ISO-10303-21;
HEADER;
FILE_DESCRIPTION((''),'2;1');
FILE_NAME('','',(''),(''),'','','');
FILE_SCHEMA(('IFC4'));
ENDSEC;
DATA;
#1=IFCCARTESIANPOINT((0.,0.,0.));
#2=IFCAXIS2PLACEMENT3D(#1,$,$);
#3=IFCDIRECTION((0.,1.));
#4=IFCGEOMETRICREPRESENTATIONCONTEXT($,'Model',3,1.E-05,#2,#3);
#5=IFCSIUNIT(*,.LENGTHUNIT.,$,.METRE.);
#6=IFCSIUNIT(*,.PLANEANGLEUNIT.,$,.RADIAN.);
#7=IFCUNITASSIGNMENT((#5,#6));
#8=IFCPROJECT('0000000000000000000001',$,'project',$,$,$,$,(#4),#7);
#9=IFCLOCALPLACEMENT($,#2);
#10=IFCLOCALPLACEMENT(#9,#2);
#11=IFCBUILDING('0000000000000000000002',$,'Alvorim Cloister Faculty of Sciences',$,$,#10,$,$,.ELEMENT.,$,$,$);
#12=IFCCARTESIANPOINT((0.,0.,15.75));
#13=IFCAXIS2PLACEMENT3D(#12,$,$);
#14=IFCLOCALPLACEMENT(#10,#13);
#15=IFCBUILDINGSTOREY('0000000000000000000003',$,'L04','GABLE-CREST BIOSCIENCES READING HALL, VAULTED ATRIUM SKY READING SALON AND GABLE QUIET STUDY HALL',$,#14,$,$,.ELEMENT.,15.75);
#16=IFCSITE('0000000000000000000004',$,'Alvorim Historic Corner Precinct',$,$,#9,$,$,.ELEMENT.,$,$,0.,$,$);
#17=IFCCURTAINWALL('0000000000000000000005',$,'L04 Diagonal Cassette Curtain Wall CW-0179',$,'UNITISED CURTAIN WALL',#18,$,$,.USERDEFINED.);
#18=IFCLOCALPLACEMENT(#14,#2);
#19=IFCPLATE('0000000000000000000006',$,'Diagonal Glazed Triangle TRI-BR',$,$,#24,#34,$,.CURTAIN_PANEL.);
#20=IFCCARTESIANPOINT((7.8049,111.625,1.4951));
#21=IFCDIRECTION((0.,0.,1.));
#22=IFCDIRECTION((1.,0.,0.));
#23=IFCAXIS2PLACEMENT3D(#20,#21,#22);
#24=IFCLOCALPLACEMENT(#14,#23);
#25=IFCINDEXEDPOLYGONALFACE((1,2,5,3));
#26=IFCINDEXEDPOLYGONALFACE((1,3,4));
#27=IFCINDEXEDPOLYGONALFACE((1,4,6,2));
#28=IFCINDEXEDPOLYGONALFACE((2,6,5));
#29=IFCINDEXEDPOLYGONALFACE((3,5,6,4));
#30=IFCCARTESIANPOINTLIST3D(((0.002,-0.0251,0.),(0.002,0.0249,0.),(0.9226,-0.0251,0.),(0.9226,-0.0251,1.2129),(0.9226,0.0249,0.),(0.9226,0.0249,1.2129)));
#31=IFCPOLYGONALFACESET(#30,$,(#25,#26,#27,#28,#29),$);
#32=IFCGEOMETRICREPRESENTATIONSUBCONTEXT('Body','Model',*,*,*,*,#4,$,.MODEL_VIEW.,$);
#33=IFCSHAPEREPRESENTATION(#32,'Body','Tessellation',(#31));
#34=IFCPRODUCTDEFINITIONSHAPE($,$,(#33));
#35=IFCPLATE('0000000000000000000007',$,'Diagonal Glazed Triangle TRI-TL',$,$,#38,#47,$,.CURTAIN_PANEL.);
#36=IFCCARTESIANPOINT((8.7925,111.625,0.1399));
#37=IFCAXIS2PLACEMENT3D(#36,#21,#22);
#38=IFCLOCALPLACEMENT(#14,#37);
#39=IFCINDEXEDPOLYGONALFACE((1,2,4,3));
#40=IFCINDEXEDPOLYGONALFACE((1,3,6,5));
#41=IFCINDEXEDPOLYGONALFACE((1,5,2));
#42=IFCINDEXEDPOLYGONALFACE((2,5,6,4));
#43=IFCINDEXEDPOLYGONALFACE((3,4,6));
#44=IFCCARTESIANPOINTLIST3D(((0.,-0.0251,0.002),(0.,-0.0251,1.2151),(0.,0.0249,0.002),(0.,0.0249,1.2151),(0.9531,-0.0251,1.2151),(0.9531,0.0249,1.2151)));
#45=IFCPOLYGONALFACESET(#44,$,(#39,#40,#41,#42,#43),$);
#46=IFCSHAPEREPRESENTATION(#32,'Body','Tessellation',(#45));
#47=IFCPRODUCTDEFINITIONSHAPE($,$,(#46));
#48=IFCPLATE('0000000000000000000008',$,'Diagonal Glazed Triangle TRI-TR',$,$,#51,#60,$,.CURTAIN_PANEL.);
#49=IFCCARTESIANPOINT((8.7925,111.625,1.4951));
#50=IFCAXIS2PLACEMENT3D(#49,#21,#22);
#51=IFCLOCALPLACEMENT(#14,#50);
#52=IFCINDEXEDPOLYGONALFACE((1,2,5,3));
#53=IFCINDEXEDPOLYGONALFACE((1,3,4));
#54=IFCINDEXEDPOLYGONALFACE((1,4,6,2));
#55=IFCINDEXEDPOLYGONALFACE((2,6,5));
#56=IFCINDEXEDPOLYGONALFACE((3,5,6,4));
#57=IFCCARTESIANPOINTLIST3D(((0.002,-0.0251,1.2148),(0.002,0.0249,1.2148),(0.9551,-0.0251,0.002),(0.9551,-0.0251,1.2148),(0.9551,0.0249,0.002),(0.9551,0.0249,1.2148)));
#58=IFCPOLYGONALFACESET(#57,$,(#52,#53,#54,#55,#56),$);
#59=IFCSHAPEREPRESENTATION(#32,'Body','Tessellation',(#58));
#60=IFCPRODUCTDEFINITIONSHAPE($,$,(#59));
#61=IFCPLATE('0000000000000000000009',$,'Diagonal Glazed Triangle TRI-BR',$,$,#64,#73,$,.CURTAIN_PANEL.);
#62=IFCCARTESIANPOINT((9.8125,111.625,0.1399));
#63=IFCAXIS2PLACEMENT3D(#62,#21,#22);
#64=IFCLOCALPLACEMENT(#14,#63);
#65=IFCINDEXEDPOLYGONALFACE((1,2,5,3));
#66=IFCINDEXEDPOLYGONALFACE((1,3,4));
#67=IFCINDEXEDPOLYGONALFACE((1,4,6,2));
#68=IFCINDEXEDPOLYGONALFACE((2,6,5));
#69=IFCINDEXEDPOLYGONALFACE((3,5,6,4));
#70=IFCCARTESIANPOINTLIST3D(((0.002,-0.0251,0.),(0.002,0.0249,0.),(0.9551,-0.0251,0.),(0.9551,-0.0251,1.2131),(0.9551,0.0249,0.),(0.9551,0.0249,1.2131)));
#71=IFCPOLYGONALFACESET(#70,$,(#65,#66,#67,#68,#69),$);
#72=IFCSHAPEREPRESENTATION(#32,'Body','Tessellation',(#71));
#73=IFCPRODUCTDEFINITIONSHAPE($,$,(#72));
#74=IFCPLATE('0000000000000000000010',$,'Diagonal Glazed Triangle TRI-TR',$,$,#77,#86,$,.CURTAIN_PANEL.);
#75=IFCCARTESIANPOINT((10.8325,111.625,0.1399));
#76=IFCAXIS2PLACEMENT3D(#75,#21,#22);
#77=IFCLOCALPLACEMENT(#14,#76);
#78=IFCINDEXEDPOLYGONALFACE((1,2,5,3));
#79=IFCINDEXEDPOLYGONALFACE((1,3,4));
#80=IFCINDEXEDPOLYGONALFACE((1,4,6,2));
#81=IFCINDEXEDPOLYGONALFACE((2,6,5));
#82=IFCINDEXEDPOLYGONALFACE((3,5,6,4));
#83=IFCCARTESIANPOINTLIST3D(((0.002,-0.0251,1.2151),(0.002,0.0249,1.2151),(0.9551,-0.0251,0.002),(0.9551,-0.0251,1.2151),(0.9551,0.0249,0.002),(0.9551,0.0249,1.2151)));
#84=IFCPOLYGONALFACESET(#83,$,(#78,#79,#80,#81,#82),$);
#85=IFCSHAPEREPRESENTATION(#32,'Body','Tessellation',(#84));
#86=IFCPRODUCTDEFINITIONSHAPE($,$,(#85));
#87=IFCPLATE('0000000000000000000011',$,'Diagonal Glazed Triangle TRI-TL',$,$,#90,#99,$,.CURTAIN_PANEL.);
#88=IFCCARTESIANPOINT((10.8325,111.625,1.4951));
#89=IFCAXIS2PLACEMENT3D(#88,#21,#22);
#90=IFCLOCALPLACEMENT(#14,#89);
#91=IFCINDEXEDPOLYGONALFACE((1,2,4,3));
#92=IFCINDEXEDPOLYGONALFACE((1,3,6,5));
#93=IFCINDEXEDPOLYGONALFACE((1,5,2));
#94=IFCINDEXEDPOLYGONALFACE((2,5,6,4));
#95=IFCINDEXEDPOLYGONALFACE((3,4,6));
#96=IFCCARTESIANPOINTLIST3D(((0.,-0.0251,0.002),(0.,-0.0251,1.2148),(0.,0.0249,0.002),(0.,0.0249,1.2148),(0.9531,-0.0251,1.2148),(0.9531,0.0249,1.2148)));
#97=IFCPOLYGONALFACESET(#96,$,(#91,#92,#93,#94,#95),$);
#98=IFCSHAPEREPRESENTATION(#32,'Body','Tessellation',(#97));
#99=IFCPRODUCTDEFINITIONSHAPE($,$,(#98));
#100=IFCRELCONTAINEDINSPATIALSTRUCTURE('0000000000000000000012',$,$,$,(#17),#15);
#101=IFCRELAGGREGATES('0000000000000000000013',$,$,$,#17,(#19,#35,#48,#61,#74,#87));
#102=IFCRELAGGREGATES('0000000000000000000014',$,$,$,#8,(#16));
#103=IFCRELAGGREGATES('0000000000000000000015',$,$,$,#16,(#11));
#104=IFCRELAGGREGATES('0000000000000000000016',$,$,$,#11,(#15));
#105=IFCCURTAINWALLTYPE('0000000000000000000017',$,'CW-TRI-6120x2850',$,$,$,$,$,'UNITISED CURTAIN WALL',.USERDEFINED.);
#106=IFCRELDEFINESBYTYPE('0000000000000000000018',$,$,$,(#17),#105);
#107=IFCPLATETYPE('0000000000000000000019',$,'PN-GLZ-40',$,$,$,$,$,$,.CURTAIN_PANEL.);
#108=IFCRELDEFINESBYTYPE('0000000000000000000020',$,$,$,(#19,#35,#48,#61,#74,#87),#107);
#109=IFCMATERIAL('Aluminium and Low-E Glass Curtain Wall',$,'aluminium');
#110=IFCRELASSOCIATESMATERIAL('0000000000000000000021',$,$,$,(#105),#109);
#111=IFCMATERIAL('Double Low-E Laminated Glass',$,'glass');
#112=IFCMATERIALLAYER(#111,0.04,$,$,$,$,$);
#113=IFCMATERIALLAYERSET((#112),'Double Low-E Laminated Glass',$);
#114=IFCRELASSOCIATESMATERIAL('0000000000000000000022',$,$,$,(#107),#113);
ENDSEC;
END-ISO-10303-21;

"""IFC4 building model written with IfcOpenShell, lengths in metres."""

from ifc_helpers import new_model, si_unit, direction, frame, origin, place, context, subcontext, project, spatial, polyline, outline, extrude, material, layer, layer_set, type_object, element, aggregate, save


model = new_model("IFC4")

# Units and contexts
model_context = context("Model", 3, precision=1e-05, world=origin(), true_north=direction((0.0, 1.0)))
body_context = subcontext(model_context, "Body", "Model", "MODEL_VIEW")
ifc_project = project(units=[si_unit("LENGTHUNIT", "METRE"), si_unit("PLANEANGLEUNIT", "RADIAN")], contexts=[model_context])

# Site, building, storey
site_placement = place(None, origin())
site = spatial("IfcSite", under=ifc_project, at=site_placement, Name="Alvorim Historic Corner Precinct", CompositionType="ELEMENT", RefElevation=0.0)
building_placement = place(site_placement, origin())
building = spatial("IfcBuilding", under=site, at=building_placement, Name="Alvorim Cloister Faculty of Sciences", CompositionType="ELEMENT")
storey_placement = place(building_placement, frame((0.0, 0.0, 15.75)))
storey = spatial("IfcBuildingStorey", under=building, at=storey_placement, Name="L04", Description="GABLE-CREST BIOSCIENCES READING HALL, VAULTED ATRIUM SKY READING SALON AND GABLE QUIET STUDY HALL", CompositionType="ELEMENT", Elevation=15.75)

# Curtain wall, plates
ifc_material_1 = material(Name="Aluminium and Low-E Glass Curtain Wall", Category="aluminium")
curtain_wall_type = type_object("IfcCurtainWallType", Name="CW-TRI-6120x2850", ElementType="UNITISED CURTAIN WALL", PredefinedType="USERDEFINED", material=ifc_material_1)
curtain_wall_placement = place(storey_placement, origin())
curtain_wall = element("IfcCurtainWall", 1, at=curtain_wall_placement, inside=storey, type_object=curtain_wall_type, Name="L04 Diagonal Cassette Curtain Wall CW-0179", ObjectType="UNITISED CURTAIN WALL", PredefinedType="USERDEFINED")
ifc_material_2 = material(Name="Double Low-E Laminated Glass", Category="glass")
ifc_layer = layer(ifc_material_2, 0.04)
ifc_layer_set = layer_set([ifc_layer], Name="Double Low-E Laminated Glass")
plate_type = type_object("IfcPlateType", Name="PN-GLZ-40", PredefinedType="CURTAIN_PANEL", material=ifc_layer_set)
plate_1_placement = place(storey_placement, frame((7.8049, 111.625, 1.4951), z_axis=(0.0, 0.0, 1.0), x_axis=(1.0, 0.0, 0.0)))
plate_1 = element("IfcPlate", 2, at=plate_1_placement, type_object=plate_type, Name="Diagonal Glazed Triangle TRI-BR", PredefinedType="CURTAIN_PANEL", context=body_context, shape_type="SweptSolid", body=[
    extrude(outline(polyline([(0.002, 0.0), (0.9226, 0.0), (0.9226, 1.2129), (0.002, 0.0)])), frame((0.0, 0.0249, 0.0), z_axis=(0.0, -1.0, 0.0), x_axis=(1.0, 0.0, 0.0)), (0.0, 0.0, 1.0), 0.05),
])
plate_2_placement = place(storey_placement, frame((8.7925, 111.625, 0.1399), z_axis=(0.0, 0.0, 1.0), x_axis=(1.0, 0.0, 0.0)))
plate_2 = element("IfcPlate", 3, at=plate_2_placement, type_object=plate_type, Name="Diagonal Glazed Triangle TRI-TL", PredefinedType="CURTAIN_PANEL", context=body_context, shape_type="SweptSolid", body=[
    extrude(outline(polyline([(0.9531, 1.2151), (0.0, 1.2151), (0.0, 0.002), (0.9531, 1.2151)])), frame((0.0, 0.0249, 0.0), z_axis=(0.0, -1.0, 0.0), x_axis=(1.0, 0.0, 0.0)), (0.0, 0.0, 1.0), 0.05),
])
plate_3_placement = place(storey_placement, frame((8.7925, 111.625, 1.4951), z_axis=(0.0, 0.0, 1.0), x_axis=(1.0, 0.0, 0.0)))
plate_3 = element("IfcPlate", 4, at=plate_3_placement, type_object=plate_type, Name="Diagonal Glazed Triangle TRI-TR", PredefinedType="CURTAIN_PANEL", context=body_context, shape_type="SweptSolid", body=[
    extrude(outline(polyline([(0.9551, 0.002), (0.9551, 1.2148), (0.002, 1.2148), (0.9551, 0.002)])), frame((0.0, 0.0249, 0.0), z_axis=(0.0, -1.0, 0.0), x_axis=(1.0, 0.0, 0.0)), (0.0, 0.0, 1.0), 0.05),
])
plate_4_placement = place(storey_placement, frame((9.8125, 111.625, 0.1399), z_axis=(0.0, 0.0, 1.0), x_axis=(1.0, 0.0, 0.0)))
plate_4 = element("IfcPlate", 5, at=plate_4_placement, type_object=plate_type, Name="Diagonal Glazed Triangle TRI-BR", PredefinedType="CURTAIN_PANEL", context=body_context, shape_type="SweptSolid", body=[
    extrude(outline(polyline([(0.002, 0.0), (0.9551, 0.0), (0.9551, 1.2131), (0.002, 0.0)])), frame((0.0, 0.0249, 0.0), z_axis=(0.0, -1.0, 0.0), x_axis=(1.0, 0.0, 0.0)), (0.0, 0.0, 1.0), 0.05),
])
plate_5_placement = place(storey_placement, frame((10.8325, 111.625, 0.1399), z_axis=(0.0, 0.0, 1.0), x_axis=(1.0, 0.0, 0.0)))
plate_5 = element("IfcPlate", 6, at=plate_5_placement, type_object=plate_type, Name="Diagonal Glazed Triangle TRI-TR", PredefinedType="CURTAIN_PANEL", context=body_context, shape_type="SweptSolid", body=[
    extrude(outline(polyline([(0.9551, 0.002), (0.9551, 1.2151), (0.002, 1.2151), (0.9551, 0.002)])), frame((0.0, 0.0249, 0.0), z_axis=(0.0, -1.0, 0.0), x_axis=(1.0, 0.0, 0.0)), (0.0, 0.0, 1.0), 0.05),
])
plate_6_placement = place(storey_placement, frame((10.8325, 111.625, 1.4951), z_axis=(0.0, 0.0, 1.0), x_axis=(1.0, 0.0, 0.0)))
plate_6 = element("IfcPlate", 7, at=plate_6_placement, type_object=plate_type, Name="Diagonal Glazed Triangle TRI-TL", PredefinedType="CURTAIN_PANEL", context=body_context, shape_type="SweptSolid", body=[
    extrude(outline(polyline([(0.9531, 1.2148), (0.0, 1.2148), (0.0, 0.002), (0.9531, 1.2148)])), frame((0.0, 0.0249, 0.0), z_axis=(0.0, -1.0, 0.0), x_axis=(1.0, 0.0, 0.0)), (0.0, 0.0, 1.0), 0.05),
])
aggregate(curtain_wall, [plate_1, plate_2, plate_3, plate_4, plate_5, plate_6])

save(model, "model.ifc")
